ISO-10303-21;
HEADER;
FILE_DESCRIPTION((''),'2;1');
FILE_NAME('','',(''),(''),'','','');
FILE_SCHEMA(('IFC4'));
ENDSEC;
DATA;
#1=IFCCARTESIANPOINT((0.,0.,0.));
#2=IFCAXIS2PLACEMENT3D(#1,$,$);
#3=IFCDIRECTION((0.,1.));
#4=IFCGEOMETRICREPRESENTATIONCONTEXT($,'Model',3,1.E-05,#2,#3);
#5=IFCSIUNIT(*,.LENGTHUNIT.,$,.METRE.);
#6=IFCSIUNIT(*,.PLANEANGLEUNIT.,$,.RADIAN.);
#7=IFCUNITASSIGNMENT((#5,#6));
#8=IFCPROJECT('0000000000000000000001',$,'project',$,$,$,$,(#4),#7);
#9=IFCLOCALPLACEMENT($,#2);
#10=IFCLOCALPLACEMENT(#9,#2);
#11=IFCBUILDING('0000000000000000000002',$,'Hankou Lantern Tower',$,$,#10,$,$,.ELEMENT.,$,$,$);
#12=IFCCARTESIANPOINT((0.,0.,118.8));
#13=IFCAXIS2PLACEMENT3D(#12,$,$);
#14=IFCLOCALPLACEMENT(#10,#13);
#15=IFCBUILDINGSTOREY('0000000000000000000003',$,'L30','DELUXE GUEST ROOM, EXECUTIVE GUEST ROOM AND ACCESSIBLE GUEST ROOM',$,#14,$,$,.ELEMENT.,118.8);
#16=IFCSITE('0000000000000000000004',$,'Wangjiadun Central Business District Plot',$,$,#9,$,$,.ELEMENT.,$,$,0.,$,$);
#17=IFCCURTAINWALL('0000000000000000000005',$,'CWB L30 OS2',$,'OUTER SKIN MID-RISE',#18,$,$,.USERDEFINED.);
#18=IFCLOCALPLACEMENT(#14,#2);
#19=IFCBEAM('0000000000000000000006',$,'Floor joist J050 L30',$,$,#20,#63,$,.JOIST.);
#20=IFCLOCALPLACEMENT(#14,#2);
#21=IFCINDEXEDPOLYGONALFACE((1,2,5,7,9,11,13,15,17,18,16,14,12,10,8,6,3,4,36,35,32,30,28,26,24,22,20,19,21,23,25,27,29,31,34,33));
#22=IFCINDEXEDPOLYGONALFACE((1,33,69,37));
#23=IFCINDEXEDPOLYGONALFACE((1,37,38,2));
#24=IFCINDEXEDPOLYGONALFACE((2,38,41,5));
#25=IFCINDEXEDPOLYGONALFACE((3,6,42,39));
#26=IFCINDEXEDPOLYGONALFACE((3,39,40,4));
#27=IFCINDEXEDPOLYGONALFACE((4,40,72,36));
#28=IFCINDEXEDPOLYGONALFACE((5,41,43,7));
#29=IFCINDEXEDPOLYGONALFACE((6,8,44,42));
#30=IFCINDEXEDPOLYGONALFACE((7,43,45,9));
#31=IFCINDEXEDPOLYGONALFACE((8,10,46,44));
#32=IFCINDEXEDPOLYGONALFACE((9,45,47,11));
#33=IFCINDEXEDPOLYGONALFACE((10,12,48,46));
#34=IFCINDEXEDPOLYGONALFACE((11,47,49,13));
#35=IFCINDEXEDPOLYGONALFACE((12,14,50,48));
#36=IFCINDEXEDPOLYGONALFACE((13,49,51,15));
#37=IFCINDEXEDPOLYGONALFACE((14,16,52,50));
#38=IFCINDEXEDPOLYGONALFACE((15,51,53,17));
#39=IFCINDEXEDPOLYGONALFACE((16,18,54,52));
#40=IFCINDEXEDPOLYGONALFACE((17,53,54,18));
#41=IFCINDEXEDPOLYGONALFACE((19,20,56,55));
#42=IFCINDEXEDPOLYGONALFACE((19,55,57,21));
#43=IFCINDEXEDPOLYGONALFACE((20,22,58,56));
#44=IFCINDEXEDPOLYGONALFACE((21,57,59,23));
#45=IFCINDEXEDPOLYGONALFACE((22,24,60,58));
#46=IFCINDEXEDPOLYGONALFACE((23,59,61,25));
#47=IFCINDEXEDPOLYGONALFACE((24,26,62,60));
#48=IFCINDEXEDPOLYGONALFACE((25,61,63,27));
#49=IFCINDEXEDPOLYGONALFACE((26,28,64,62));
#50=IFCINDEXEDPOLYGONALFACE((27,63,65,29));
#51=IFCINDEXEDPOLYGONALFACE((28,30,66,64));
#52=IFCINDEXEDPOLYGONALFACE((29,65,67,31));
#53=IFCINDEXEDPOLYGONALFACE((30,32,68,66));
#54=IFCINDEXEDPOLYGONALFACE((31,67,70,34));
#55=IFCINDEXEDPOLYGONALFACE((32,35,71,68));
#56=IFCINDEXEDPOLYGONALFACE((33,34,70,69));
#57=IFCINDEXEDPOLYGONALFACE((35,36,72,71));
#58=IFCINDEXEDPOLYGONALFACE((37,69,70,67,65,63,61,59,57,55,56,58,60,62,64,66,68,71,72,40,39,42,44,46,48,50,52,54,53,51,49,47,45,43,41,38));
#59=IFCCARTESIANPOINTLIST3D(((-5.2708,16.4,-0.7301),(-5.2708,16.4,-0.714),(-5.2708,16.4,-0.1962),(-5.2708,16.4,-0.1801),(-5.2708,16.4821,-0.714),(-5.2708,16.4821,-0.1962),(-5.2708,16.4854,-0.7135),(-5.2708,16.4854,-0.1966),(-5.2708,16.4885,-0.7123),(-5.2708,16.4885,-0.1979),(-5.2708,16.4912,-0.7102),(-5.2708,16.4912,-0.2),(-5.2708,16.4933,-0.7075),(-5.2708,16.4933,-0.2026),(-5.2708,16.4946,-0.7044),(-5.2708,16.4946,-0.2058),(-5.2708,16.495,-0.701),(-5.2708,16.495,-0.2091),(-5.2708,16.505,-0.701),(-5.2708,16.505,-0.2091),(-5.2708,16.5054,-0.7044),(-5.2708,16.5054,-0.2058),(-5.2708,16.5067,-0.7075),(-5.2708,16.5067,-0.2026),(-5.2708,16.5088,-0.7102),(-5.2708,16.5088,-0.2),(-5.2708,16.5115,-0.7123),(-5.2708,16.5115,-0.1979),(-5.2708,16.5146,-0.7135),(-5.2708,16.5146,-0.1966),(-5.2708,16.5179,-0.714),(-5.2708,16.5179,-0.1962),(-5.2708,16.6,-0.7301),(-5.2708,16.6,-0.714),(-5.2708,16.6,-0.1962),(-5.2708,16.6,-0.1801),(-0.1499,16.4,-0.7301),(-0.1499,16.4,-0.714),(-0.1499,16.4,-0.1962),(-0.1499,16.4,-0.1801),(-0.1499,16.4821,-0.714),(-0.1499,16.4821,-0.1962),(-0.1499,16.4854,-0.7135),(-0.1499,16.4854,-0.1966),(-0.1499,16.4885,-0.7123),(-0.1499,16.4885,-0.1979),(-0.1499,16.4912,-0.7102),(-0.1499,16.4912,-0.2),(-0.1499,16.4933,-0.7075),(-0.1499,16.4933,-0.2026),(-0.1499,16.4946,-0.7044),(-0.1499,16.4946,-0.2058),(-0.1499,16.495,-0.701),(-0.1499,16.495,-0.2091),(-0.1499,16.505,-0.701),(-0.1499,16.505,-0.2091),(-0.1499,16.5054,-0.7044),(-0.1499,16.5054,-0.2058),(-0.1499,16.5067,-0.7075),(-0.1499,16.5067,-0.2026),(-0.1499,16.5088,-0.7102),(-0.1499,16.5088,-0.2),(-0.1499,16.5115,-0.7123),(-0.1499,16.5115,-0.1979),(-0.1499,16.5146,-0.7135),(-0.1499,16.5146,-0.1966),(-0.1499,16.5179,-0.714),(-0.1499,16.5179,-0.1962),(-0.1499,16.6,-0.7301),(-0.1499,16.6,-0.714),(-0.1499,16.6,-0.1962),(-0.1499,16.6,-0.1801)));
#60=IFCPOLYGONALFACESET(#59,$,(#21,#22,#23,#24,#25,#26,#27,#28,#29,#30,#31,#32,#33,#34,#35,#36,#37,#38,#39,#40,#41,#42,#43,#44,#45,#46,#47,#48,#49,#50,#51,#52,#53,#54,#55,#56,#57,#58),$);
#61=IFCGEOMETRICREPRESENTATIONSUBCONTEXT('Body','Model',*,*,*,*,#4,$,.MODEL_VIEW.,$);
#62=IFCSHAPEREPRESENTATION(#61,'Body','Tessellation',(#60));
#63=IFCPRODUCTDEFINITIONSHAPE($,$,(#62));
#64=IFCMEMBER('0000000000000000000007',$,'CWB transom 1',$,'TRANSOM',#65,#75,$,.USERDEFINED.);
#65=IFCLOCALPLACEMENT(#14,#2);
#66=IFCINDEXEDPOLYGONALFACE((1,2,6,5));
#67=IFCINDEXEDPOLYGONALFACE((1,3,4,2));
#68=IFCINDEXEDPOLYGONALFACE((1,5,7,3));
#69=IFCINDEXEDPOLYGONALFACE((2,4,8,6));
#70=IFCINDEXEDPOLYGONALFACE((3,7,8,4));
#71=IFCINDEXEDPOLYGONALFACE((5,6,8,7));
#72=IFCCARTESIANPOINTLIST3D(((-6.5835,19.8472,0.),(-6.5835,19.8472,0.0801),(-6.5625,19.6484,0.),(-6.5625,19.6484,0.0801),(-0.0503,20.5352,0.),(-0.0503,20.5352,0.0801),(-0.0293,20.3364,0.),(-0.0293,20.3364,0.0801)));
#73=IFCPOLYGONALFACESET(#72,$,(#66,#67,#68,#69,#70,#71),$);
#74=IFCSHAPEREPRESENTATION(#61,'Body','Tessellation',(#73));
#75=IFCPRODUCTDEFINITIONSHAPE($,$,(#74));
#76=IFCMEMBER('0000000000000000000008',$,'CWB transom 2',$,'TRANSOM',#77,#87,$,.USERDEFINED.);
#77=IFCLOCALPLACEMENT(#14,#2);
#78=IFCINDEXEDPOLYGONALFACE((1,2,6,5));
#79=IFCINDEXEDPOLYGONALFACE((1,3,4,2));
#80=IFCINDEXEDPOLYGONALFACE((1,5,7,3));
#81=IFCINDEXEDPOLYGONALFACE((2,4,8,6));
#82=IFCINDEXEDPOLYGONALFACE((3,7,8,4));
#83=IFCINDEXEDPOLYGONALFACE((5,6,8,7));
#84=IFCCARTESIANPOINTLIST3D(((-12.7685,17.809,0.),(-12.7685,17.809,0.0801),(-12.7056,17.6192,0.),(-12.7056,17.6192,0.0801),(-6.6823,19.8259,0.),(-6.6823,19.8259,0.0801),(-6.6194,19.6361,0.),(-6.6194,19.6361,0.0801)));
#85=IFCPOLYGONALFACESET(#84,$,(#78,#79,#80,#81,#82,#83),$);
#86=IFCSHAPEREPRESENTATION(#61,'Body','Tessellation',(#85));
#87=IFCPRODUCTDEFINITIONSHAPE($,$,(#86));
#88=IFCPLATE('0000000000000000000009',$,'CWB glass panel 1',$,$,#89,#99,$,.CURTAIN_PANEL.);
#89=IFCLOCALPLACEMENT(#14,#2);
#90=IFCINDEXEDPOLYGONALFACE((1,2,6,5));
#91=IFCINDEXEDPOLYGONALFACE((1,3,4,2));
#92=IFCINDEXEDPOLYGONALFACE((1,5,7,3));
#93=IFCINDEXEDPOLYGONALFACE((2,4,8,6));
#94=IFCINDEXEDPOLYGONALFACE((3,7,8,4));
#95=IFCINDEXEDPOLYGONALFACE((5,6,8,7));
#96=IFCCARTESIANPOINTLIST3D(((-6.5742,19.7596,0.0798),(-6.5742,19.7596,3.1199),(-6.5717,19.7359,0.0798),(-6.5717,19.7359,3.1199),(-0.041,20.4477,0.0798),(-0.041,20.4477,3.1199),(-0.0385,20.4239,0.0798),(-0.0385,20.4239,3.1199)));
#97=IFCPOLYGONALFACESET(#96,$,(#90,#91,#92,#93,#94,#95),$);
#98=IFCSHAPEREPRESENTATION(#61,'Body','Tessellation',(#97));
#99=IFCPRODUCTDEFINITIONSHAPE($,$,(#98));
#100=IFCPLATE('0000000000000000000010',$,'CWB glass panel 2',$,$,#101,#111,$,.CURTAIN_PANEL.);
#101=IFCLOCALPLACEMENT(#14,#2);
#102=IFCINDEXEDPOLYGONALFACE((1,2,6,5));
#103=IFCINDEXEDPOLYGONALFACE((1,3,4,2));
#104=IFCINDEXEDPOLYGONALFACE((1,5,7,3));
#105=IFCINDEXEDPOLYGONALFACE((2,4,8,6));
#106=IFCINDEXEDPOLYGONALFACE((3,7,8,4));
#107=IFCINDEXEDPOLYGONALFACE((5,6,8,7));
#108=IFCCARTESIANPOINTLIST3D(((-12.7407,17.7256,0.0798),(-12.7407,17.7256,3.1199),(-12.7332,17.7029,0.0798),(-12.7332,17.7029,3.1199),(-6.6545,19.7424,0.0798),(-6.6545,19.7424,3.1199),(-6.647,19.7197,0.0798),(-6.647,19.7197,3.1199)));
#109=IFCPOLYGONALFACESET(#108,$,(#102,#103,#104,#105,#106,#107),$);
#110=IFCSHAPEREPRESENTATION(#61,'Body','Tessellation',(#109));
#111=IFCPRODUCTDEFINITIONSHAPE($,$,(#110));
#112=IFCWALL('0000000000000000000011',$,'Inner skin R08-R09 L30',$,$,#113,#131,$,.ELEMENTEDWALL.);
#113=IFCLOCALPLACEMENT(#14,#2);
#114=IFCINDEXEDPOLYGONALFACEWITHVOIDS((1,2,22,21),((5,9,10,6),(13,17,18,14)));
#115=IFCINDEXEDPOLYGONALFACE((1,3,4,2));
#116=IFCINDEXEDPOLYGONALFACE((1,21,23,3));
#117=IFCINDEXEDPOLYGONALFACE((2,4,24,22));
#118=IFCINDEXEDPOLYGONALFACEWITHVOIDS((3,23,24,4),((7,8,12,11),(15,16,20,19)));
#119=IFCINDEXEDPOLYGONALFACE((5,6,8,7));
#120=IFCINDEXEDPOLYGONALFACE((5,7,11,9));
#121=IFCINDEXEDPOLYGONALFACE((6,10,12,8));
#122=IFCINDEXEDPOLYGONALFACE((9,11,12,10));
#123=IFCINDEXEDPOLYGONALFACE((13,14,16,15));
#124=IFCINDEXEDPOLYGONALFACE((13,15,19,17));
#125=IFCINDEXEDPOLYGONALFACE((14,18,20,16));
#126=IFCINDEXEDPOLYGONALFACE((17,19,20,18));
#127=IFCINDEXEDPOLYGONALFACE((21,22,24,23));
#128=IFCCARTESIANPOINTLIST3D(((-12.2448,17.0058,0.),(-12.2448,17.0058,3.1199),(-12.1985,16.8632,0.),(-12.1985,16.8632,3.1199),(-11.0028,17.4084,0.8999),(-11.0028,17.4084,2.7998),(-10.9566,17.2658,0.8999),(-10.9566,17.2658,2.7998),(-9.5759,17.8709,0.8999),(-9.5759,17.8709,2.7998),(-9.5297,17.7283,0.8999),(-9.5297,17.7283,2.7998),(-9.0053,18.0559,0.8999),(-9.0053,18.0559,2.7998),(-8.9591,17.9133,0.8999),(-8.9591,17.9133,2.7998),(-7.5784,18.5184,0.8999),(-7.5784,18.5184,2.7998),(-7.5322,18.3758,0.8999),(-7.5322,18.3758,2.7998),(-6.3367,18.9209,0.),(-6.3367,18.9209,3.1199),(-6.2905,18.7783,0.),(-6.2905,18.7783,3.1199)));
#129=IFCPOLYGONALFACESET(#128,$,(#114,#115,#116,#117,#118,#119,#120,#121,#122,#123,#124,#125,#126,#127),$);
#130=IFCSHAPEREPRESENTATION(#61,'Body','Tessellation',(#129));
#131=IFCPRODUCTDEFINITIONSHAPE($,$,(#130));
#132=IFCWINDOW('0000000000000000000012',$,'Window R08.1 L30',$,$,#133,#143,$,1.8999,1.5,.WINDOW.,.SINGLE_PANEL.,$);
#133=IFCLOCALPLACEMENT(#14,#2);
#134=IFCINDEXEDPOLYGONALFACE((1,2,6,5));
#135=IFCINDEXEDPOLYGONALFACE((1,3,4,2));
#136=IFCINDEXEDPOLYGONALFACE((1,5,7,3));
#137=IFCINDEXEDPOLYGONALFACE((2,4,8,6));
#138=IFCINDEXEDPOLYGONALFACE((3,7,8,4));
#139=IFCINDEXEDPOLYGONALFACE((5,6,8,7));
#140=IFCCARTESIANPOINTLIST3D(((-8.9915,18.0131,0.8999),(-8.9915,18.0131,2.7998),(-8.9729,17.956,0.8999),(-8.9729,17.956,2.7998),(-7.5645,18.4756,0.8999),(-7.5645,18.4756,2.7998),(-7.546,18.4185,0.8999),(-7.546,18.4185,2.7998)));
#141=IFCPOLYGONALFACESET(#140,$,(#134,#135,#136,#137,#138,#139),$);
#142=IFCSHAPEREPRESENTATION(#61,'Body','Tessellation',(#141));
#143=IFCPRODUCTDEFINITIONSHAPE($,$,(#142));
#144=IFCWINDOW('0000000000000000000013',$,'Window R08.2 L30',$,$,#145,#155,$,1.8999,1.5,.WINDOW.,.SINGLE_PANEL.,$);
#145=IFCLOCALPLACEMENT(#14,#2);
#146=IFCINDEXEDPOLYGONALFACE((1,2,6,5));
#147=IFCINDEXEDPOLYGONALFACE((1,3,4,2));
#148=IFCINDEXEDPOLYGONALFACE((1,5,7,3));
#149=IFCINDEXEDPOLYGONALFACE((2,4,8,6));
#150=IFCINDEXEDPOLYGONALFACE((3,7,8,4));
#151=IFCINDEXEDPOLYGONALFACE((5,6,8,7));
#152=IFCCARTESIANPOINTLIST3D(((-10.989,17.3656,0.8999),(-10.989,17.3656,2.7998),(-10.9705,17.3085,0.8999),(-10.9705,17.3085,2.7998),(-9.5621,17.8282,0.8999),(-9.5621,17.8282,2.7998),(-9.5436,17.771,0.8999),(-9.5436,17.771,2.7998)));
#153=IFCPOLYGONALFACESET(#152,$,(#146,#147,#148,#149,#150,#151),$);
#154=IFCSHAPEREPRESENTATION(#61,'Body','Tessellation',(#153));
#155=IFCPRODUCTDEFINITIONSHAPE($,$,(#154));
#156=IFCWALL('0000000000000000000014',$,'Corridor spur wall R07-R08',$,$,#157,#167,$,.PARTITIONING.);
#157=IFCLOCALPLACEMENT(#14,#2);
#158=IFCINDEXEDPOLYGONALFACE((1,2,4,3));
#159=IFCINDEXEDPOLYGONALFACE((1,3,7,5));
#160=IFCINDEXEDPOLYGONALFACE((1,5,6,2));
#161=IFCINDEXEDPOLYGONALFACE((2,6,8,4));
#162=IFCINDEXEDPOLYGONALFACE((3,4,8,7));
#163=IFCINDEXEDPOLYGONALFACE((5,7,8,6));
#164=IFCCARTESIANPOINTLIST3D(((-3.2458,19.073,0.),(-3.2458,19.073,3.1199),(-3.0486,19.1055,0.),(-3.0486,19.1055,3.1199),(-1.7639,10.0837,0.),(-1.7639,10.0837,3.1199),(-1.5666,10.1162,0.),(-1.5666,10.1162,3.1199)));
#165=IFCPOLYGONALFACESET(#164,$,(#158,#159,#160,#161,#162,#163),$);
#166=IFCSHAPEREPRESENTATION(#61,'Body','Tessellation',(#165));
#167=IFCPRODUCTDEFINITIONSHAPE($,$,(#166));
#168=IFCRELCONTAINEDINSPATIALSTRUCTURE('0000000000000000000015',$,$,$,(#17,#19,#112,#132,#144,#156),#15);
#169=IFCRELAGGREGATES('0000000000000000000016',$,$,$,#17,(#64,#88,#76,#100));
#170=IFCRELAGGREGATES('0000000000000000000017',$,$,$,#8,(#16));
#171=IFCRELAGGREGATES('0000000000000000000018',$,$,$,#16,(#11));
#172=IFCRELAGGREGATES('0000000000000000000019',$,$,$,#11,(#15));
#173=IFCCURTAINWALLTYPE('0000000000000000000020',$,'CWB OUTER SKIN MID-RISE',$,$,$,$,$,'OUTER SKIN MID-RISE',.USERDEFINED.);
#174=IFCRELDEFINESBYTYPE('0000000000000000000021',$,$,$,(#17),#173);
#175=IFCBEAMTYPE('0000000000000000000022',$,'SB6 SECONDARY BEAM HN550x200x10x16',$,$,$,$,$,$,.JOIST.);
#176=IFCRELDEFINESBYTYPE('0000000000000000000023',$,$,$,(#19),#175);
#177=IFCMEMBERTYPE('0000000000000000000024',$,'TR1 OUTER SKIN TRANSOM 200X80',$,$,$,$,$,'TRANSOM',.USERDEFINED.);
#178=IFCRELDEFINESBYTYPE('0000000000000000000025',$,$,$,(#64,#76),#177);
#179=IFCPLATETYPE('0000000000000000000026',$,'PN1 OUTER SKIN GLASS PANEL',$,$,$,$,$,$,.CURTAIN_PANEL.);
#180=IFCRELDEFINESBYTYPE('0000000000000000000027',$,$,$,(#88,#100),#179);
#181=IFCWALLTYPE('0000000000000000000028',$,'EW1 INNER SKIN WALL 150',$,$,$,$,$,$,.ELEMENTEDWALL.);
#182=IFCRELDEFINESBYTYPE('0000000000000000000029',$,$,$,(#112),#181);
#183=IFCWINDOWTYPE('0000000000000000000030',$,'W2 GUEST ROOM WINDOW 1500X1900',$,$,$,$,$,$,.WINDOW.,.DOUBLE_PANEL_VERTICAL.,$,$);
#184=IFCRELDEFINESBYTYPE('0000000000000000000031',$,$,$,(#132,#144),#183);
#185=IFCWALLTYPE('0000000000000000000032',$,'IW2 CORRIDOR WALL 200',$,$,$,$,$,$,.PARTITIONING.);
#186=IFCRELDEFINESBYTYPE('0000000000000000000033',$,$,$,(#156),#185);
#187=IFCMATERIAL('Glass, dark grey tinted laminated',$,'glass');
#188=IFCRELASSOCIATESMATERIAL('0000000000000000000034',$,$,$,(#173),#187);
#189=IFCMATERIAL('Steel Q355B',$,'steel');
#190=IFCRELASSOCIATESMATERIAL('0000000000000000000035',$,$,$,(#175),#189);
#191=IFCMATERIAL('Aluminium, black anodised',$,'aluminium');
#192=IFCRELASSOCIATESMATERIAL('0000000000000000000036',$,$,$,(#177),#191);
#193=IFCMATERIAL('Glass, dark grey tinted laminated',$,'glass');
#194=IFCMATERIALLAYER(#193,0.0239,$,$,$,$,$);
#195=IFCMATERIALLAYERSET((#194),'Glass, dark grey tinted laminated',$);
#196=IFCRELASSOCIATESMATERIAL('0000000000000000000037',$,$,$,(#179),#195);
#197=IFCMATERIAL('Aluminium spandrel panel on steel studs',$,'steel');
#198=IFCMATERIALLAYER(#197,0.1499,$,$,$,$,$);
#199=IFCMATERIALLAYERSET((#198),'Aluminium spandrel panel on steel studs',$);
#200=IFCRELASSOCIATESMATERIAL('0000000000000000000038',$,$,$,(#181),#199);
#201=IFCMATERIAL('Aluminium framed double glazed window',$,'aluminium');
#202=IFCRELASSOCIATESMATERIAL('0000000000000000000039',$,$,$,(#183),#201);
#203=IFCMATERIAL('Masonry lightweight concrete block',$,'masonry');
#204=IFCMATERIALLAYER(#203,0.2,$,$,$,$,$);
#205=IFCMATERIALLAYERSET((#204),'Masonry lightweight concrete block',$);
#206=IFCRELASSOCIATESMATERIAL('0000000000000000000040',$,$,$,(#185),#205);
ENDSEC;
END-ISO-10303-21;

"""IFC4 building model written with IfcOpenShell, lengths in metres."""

from ifc_helpers import new_model, si_unit, direction, frame, frame_2d, origin, origin_2d, place, context, subcontext, project, spatial, rectangle, i_section, extrude, material, layer, layer_set, material_profile, profile_set, type_object, element, fill, aggregate, save


model = new_model("IFC4")

# Units and contexts
model_context = context("Model", 3, precision=1e-05, world=origin(), true_north=direction((0.0, 1.0)))
body_context = subcontext(model_context, "Body", "Model", "MODEL_VIEW")
ifc_project = project(units=[si_unit("LENGTHUNIT", "METRE"), si_unit("PLANEANGLEUNIT", "RADIAN")], contexts=[model_context])

# Site, building, storey
site_placement = place(None, origin())
site = spatial("IfcSite", under=ifc_project, at=site_placement, Name="Wangjiadun Central Business District Plot", CompositionType="ELEMENT", RefElevation=0.0)
building_placement = place(site_placement, origin())
building = spatial("IfcBuilding", under=site, at=building_placement, Name="Hankou Lantern Tower", CompositionType="ELEMENT")
storey_placement = place(building_placement, frame((0.0, 0.0, 118.8)))
storey = spatial("IfcBuildingStorey", under=building, at=storey_placement, Name="L30", Description="DELUXE GUEST ROOM, EXECUTIVE GUEST ROOM AND ACCESSIBLE GUEST ROOM", CompositionType="ELEMENT", Elevation=118.8)

# Curtain wall
ifc_material_1 = material(Name="Glass, dark grey tinted laminated", Category="glass")
curtain_wall_type = type_object("IfcCurtainWallType", Name="CWB OUTER SKIN MID-RISE", ElementType="OUTER SKIN MID-RISE", PredefinedType="USERDEFINED", material=ifc_material_1)
curtain_wall_placement = place(storey_placement, origin())
curtain_wall = element("IfcCurtainWall", 1, at=curtain_wall_placement, inside=storey, type_object=curtain_wall_type, Name="CWB L30 OS2", ObjectType="OUTER SKIN MID-RISE", PredefinedType="USERDEFINED")

# Beam
ifc_material_2 = material(Name="Steel Q355B", Category="steel")
ifc_material_profile_1 = material_profile(ifc_material_2, i_section(OverallWidth=0.2, OverallDepth=0.55, WebThickness=0.01, FlangeThickness=0.0161, FilletRadius=0.0129, at=origin_2d()), Name="HN550x200x10x16")
ifc_profile_set_1 = profile_set([ifc_material_profile_1], Name="Steel Q355B")
beam_type_1 = type_object("IfcBeamType", Name="SB6 SECONDARY BEAM HN550x200x10x16", PredefinedType="JOIST", material=ifc_profile_set_1)
beam_1_placement = place(storey_placement, frame((-5.2708, 16.5, -0.4551), z_axis=(1.0, 0.0, 0.0), x_axis=(0.0, 1.0, 0.0)))
element("IfcBeam", 2, at=beam_1_placement, inside=storey, type_object=beam_type_1, Name="Floor joist J050 L30", PredefinedType="JOIST", context=body_context, shape_type="SweptSolid", body=[
    extrude(i_section(OverallWidth=0.2, OverallDepth=0.55, WebThickness=0.01, FlangeThickness=0.0161, FilletRadius=0.0129, at=origin_2d()), origin(), (0.0, 0.0, 1.0), 5.1208),
])

# Members
ifc_material_3 = material(Name="Aluminium, black anodised", Category="aluminium")
ifc_material_profile_2 = material_profile(ifc_material_3, rectangle(XDim=0.2, YDim=0.0801, at=origin_2d()), Name="TR1 200X80")
ifc_profile_set_2 = profile_set([ifc_material_profile_2], Name="Aluminium, black anodised")
member_type_1 = type_object("IfcMemberType", Name="TR1 OUTER SKIN TRANSOM 200X80", ElementType="TRANSOM", PredefinedType="USERDEFINED", material=ifc_profile_set_2)
member_1_placement = place(storey_placement, frame((-0.0398, 20.4358, 0.04), z_axis=(-0.994501, -0.104727, 0.0), x_axis=(0.104727, -0.994501, 0.0)))
member_1 = element("IfcMember", 3, at=member_1_placement, type_object=member_type_1, Name="CWB transom 1", ObjectType="TRANSOM", PredefinedType="USERDEFINED", context=body_context, shape_type="SweptSolid", body=[
    extrude(rectangle(XDim=0.2, YDim=0.0801, at=origin_2d()), origin(), (0.0, 0.0, 1.0), 6.5693),
])
member_2_placement = place(storey_placement, frame((-6.6509, 19.731, 0.04), z_axis=(-0.949238, -0.314559, 0.0), x_axis=(0.314559, -0.949238, 0.0)))
member_2 = element("IfcMember", 4, at=member_2_placement, type_object=member_type_1, Name="CWB transom 2", ObjectType="TRANSOM", PredefinedType="USERDEFINED", context=body_context, shape_type="SweptSolid", body=[
    extrude(rectangle(XDim=0.2, YDim=0.0801, at=origin_2d()), origin(), (0.0, 0.0, 1.0), 6.4116),
])

# Plates
ifc_material_4 = material(Name="Glass, dark grey tinted laminated", Category="glass")
ifc_layer_1 = layer(ifc_material_4, 0.0239)
ifc_layer_set_1 = layer_set([ifc_layer_1], Name="Glass, dark grey tinted laminated")
plate_type = type_object("IfcPlateType", Name="PN1 OUTER SKIN GLASS PANEL", PredefinedType="CURTAIN_PANEL", material=ifc_layer_set_1)
plate_1_placement = place(storey_placement, frame((-3.3064, 20.0918, 0.0798), z_axis=(0.0, 0.0, 1.0), x_axis=(-0.994499, -0.104743, 0.0)))
plate_1 = element("IfcPlate", 5, at=plate_1_placement, type_object=plate_type, Name="CWB glass panel 1", PredefinedType="CURTAIN_PANEL", context=body_context, shape_type="SweptSolid", body=[
    extrude(rectangle(XDim=6.5693, YDim=0.0239, at=origin_2d()), origin(), (0.0, 0.0, 1.0), 3.04),
])
plate_2_placement = place(storey_placement, frame((-9.6938, 18.7227, 0.0798), z_axis=(0.0, 0.0, 1.0), x_axis=(-0.949241, -0.314551, 0.0)))
plate_2 = element("IfcPlate", 6, at=plate_2_placement, type_object=plate_type, Name="CWB glass panel 2", PredefinedType="CURTAIN_PANEL", context=body_context, shape_type="SweptSolid", body=[
    extrude(rectangle(XDim=6.4116, YDim=0.0239, at=origin_2d()), origin(), (0.0, 0.0, 1.0), 3.04),
])
aggregate(curtain_wall, [member_1, plate_1, member_2, plate_2])

# Wall, openings, windows
ifc_material_5 = material(Name="Aluminium spandrel panel on steel studs", Category="steel")
ifc_layer_2 = layer(ifc_material_5, 0.1499)
ifc_layer_set_2 = layer_set([ifc_layer_2], Name="Aluminium spandrel panel on steel studs")
wall_type_1 = type_object("IfcWallType", Name="EW1 INNER SKIN WALL 150", PredefinedType="ELEMENTEDWALL", material=ifc_layer_set_2)
wall_1_placement = place(storey_placement, frame((-6.3135, 18.8496, 0.0), z_axis=(0.0, 0.0, 1.0), x_axis=(-0.951273, -0.308351, 0.0)))
wall_1 = element("IfcWall", 7, at=wall_1_placement, inside=storey, type_object=wall_type_1, Name="Inner skin R08-R09 L30", PredefinedType="ELEMENTEDWALL", context=body_context, shape_type="SweptSolid", body=[
    extrude(rectangle(XDim=6.2107, YDim=0.1499, at=frame_2d((3.1055, 0.0))), origin(), (0.0, 0.0, 1.0), 3.1199),
])
opening_1_placement = place(wall_1_placement, frame((1.3054, 0.0, 0.8999)))
opening_1 = element("IfcOpeningElement", 8, at=opening_1_placement, cuts=wall_1, PredefinedType="OPENING", context=body_context, shape_type="SweptSolid", body=[
    extrude(rectangle(XDim=1.5, YDim=1.8999, at=frame_2d((0.75, 0.95))), frame((0.0, 0.085, 0.0), z_axis=(0.0, -1.0, 0.0), x_axis=(1.0, 0.0, 0.0)), (0.0, 0.0, 1.0), 0.1699),
])
opening_2_placement = place(wall_1_placement, frame((3.4053, 0.0, 0.8999)))
opening_2 = element("IfcOpeningElement", 9, at=opening_2_placement, cuts=wall_1, PredefinedType="OPENING", context=body_context, shape_type="SweptSolid", body=[
    extrude(rectangle(XDim=1.5, YDim=1.8999, at=frame_2d((0.75, 0.95))), frame((0.0, 0.085, 0.0), z_axis=(0.0, -1.0, 0.0), x_axis=(1.0, 0.0, 0.0)), (0.0, 0.0, 1.0), 0.1699),
])
ifc_material_6 = material(Name="Aluminium framed double glazed window", Category="aluminium")
window_type = type_object("IfcWindowType", Name="W2 GUEST ROOM WINDOW 1500X1900", PartitioningType="DOUBLE_PANEL_VERTICAL", PredefinedType="WINDOW", material=ifc_material_6)
window_1_placement = place(opening_1_placement, origin())
window_1 = element("IfcWindow", 10, at=window_1_placement, inside=storey, type_object=window_type, Name="Window R08.1 L30", OverallHeight=1.8999, OverallWidth=1.5, PartitioningType="SINGLE_PANEL", PredefinedType="WINDOW", context=body_context, shape_type="SweptSolid", body=[
    extrude(rectangle(XDim=1.5, YDim=1.8999, at=frame_2d((0.75, 0.95))), frame((0.0, 0.03, 0.0), z_axis=(0.0, -1.0, 0.0), x_axis=(1.0, 0.0, 0.0)), (0.0, 0.0, 1.0), 0.0601),
])
fill(opening_1, window_1)
window_2_placement = place(opening_2_placement, origin())
window_2 = element("IfcWindow", 11, at=window_2_placement, inside=storey, type_object=window_type, Name="Window R08.2 L30", OverallHeight=1.8999, OverallWidth=1.5, PartitioningType="SINGLE_PANEL", PredefinedType="WINDOW", context=body_context, shape_type="SweptSolid", body=[
    extrude(rectangle(XDim=1.5, YDim=1.8999, at=frame_2d((0.75, 0.95))), frame((0.0, 0.03, 0.0), z_axis=(0.0, -1.0, 0.0), x_axis=(1.0, 0.0, 0.0)), (0.0, 0.0, 1.0), 0.0601),
])
fill(opening_2, window_2)

# Wall
ifc_material_7 = material(Name="Masonry lightweight concrete block", Category="masonry")
ifc_layer_3 = layer(ifc_material_7, 0.2)
ifc_layer_set_3 = layer_set([ifc_layer_3], Name="Masonry lightweight concrete block")
wall_type_2 = type_object("IfcWallType", Name="IW2 CORRIDOR WALL 200", PredefinedType="PARTITIONING", material=ifc_layer_set_3)
wall_2_placement = place(storey_placement, frame((-1.6653, 10.1001, 0.0), z_axis=(0.0, 0.0, 1.0), x_axis=(-0.162661, 0.986682, 0.0)))
element("IfcWall", 12, at=wall_2_placement, inside=storey, type_object=wall_type_2, Name="Corridor spur wall R07-R08", PredefinedType="PARTITIONING", context=body_context, shape_type="SweptSolid", body=[
    extrude(rectangle(XDim=9.1106, YDim=0.2, at=frame_2d((4.5552, 0.0))), origin(), (0.0, 0.0, 1.0), 3.1199),
])

save(model, "model.ifc")
